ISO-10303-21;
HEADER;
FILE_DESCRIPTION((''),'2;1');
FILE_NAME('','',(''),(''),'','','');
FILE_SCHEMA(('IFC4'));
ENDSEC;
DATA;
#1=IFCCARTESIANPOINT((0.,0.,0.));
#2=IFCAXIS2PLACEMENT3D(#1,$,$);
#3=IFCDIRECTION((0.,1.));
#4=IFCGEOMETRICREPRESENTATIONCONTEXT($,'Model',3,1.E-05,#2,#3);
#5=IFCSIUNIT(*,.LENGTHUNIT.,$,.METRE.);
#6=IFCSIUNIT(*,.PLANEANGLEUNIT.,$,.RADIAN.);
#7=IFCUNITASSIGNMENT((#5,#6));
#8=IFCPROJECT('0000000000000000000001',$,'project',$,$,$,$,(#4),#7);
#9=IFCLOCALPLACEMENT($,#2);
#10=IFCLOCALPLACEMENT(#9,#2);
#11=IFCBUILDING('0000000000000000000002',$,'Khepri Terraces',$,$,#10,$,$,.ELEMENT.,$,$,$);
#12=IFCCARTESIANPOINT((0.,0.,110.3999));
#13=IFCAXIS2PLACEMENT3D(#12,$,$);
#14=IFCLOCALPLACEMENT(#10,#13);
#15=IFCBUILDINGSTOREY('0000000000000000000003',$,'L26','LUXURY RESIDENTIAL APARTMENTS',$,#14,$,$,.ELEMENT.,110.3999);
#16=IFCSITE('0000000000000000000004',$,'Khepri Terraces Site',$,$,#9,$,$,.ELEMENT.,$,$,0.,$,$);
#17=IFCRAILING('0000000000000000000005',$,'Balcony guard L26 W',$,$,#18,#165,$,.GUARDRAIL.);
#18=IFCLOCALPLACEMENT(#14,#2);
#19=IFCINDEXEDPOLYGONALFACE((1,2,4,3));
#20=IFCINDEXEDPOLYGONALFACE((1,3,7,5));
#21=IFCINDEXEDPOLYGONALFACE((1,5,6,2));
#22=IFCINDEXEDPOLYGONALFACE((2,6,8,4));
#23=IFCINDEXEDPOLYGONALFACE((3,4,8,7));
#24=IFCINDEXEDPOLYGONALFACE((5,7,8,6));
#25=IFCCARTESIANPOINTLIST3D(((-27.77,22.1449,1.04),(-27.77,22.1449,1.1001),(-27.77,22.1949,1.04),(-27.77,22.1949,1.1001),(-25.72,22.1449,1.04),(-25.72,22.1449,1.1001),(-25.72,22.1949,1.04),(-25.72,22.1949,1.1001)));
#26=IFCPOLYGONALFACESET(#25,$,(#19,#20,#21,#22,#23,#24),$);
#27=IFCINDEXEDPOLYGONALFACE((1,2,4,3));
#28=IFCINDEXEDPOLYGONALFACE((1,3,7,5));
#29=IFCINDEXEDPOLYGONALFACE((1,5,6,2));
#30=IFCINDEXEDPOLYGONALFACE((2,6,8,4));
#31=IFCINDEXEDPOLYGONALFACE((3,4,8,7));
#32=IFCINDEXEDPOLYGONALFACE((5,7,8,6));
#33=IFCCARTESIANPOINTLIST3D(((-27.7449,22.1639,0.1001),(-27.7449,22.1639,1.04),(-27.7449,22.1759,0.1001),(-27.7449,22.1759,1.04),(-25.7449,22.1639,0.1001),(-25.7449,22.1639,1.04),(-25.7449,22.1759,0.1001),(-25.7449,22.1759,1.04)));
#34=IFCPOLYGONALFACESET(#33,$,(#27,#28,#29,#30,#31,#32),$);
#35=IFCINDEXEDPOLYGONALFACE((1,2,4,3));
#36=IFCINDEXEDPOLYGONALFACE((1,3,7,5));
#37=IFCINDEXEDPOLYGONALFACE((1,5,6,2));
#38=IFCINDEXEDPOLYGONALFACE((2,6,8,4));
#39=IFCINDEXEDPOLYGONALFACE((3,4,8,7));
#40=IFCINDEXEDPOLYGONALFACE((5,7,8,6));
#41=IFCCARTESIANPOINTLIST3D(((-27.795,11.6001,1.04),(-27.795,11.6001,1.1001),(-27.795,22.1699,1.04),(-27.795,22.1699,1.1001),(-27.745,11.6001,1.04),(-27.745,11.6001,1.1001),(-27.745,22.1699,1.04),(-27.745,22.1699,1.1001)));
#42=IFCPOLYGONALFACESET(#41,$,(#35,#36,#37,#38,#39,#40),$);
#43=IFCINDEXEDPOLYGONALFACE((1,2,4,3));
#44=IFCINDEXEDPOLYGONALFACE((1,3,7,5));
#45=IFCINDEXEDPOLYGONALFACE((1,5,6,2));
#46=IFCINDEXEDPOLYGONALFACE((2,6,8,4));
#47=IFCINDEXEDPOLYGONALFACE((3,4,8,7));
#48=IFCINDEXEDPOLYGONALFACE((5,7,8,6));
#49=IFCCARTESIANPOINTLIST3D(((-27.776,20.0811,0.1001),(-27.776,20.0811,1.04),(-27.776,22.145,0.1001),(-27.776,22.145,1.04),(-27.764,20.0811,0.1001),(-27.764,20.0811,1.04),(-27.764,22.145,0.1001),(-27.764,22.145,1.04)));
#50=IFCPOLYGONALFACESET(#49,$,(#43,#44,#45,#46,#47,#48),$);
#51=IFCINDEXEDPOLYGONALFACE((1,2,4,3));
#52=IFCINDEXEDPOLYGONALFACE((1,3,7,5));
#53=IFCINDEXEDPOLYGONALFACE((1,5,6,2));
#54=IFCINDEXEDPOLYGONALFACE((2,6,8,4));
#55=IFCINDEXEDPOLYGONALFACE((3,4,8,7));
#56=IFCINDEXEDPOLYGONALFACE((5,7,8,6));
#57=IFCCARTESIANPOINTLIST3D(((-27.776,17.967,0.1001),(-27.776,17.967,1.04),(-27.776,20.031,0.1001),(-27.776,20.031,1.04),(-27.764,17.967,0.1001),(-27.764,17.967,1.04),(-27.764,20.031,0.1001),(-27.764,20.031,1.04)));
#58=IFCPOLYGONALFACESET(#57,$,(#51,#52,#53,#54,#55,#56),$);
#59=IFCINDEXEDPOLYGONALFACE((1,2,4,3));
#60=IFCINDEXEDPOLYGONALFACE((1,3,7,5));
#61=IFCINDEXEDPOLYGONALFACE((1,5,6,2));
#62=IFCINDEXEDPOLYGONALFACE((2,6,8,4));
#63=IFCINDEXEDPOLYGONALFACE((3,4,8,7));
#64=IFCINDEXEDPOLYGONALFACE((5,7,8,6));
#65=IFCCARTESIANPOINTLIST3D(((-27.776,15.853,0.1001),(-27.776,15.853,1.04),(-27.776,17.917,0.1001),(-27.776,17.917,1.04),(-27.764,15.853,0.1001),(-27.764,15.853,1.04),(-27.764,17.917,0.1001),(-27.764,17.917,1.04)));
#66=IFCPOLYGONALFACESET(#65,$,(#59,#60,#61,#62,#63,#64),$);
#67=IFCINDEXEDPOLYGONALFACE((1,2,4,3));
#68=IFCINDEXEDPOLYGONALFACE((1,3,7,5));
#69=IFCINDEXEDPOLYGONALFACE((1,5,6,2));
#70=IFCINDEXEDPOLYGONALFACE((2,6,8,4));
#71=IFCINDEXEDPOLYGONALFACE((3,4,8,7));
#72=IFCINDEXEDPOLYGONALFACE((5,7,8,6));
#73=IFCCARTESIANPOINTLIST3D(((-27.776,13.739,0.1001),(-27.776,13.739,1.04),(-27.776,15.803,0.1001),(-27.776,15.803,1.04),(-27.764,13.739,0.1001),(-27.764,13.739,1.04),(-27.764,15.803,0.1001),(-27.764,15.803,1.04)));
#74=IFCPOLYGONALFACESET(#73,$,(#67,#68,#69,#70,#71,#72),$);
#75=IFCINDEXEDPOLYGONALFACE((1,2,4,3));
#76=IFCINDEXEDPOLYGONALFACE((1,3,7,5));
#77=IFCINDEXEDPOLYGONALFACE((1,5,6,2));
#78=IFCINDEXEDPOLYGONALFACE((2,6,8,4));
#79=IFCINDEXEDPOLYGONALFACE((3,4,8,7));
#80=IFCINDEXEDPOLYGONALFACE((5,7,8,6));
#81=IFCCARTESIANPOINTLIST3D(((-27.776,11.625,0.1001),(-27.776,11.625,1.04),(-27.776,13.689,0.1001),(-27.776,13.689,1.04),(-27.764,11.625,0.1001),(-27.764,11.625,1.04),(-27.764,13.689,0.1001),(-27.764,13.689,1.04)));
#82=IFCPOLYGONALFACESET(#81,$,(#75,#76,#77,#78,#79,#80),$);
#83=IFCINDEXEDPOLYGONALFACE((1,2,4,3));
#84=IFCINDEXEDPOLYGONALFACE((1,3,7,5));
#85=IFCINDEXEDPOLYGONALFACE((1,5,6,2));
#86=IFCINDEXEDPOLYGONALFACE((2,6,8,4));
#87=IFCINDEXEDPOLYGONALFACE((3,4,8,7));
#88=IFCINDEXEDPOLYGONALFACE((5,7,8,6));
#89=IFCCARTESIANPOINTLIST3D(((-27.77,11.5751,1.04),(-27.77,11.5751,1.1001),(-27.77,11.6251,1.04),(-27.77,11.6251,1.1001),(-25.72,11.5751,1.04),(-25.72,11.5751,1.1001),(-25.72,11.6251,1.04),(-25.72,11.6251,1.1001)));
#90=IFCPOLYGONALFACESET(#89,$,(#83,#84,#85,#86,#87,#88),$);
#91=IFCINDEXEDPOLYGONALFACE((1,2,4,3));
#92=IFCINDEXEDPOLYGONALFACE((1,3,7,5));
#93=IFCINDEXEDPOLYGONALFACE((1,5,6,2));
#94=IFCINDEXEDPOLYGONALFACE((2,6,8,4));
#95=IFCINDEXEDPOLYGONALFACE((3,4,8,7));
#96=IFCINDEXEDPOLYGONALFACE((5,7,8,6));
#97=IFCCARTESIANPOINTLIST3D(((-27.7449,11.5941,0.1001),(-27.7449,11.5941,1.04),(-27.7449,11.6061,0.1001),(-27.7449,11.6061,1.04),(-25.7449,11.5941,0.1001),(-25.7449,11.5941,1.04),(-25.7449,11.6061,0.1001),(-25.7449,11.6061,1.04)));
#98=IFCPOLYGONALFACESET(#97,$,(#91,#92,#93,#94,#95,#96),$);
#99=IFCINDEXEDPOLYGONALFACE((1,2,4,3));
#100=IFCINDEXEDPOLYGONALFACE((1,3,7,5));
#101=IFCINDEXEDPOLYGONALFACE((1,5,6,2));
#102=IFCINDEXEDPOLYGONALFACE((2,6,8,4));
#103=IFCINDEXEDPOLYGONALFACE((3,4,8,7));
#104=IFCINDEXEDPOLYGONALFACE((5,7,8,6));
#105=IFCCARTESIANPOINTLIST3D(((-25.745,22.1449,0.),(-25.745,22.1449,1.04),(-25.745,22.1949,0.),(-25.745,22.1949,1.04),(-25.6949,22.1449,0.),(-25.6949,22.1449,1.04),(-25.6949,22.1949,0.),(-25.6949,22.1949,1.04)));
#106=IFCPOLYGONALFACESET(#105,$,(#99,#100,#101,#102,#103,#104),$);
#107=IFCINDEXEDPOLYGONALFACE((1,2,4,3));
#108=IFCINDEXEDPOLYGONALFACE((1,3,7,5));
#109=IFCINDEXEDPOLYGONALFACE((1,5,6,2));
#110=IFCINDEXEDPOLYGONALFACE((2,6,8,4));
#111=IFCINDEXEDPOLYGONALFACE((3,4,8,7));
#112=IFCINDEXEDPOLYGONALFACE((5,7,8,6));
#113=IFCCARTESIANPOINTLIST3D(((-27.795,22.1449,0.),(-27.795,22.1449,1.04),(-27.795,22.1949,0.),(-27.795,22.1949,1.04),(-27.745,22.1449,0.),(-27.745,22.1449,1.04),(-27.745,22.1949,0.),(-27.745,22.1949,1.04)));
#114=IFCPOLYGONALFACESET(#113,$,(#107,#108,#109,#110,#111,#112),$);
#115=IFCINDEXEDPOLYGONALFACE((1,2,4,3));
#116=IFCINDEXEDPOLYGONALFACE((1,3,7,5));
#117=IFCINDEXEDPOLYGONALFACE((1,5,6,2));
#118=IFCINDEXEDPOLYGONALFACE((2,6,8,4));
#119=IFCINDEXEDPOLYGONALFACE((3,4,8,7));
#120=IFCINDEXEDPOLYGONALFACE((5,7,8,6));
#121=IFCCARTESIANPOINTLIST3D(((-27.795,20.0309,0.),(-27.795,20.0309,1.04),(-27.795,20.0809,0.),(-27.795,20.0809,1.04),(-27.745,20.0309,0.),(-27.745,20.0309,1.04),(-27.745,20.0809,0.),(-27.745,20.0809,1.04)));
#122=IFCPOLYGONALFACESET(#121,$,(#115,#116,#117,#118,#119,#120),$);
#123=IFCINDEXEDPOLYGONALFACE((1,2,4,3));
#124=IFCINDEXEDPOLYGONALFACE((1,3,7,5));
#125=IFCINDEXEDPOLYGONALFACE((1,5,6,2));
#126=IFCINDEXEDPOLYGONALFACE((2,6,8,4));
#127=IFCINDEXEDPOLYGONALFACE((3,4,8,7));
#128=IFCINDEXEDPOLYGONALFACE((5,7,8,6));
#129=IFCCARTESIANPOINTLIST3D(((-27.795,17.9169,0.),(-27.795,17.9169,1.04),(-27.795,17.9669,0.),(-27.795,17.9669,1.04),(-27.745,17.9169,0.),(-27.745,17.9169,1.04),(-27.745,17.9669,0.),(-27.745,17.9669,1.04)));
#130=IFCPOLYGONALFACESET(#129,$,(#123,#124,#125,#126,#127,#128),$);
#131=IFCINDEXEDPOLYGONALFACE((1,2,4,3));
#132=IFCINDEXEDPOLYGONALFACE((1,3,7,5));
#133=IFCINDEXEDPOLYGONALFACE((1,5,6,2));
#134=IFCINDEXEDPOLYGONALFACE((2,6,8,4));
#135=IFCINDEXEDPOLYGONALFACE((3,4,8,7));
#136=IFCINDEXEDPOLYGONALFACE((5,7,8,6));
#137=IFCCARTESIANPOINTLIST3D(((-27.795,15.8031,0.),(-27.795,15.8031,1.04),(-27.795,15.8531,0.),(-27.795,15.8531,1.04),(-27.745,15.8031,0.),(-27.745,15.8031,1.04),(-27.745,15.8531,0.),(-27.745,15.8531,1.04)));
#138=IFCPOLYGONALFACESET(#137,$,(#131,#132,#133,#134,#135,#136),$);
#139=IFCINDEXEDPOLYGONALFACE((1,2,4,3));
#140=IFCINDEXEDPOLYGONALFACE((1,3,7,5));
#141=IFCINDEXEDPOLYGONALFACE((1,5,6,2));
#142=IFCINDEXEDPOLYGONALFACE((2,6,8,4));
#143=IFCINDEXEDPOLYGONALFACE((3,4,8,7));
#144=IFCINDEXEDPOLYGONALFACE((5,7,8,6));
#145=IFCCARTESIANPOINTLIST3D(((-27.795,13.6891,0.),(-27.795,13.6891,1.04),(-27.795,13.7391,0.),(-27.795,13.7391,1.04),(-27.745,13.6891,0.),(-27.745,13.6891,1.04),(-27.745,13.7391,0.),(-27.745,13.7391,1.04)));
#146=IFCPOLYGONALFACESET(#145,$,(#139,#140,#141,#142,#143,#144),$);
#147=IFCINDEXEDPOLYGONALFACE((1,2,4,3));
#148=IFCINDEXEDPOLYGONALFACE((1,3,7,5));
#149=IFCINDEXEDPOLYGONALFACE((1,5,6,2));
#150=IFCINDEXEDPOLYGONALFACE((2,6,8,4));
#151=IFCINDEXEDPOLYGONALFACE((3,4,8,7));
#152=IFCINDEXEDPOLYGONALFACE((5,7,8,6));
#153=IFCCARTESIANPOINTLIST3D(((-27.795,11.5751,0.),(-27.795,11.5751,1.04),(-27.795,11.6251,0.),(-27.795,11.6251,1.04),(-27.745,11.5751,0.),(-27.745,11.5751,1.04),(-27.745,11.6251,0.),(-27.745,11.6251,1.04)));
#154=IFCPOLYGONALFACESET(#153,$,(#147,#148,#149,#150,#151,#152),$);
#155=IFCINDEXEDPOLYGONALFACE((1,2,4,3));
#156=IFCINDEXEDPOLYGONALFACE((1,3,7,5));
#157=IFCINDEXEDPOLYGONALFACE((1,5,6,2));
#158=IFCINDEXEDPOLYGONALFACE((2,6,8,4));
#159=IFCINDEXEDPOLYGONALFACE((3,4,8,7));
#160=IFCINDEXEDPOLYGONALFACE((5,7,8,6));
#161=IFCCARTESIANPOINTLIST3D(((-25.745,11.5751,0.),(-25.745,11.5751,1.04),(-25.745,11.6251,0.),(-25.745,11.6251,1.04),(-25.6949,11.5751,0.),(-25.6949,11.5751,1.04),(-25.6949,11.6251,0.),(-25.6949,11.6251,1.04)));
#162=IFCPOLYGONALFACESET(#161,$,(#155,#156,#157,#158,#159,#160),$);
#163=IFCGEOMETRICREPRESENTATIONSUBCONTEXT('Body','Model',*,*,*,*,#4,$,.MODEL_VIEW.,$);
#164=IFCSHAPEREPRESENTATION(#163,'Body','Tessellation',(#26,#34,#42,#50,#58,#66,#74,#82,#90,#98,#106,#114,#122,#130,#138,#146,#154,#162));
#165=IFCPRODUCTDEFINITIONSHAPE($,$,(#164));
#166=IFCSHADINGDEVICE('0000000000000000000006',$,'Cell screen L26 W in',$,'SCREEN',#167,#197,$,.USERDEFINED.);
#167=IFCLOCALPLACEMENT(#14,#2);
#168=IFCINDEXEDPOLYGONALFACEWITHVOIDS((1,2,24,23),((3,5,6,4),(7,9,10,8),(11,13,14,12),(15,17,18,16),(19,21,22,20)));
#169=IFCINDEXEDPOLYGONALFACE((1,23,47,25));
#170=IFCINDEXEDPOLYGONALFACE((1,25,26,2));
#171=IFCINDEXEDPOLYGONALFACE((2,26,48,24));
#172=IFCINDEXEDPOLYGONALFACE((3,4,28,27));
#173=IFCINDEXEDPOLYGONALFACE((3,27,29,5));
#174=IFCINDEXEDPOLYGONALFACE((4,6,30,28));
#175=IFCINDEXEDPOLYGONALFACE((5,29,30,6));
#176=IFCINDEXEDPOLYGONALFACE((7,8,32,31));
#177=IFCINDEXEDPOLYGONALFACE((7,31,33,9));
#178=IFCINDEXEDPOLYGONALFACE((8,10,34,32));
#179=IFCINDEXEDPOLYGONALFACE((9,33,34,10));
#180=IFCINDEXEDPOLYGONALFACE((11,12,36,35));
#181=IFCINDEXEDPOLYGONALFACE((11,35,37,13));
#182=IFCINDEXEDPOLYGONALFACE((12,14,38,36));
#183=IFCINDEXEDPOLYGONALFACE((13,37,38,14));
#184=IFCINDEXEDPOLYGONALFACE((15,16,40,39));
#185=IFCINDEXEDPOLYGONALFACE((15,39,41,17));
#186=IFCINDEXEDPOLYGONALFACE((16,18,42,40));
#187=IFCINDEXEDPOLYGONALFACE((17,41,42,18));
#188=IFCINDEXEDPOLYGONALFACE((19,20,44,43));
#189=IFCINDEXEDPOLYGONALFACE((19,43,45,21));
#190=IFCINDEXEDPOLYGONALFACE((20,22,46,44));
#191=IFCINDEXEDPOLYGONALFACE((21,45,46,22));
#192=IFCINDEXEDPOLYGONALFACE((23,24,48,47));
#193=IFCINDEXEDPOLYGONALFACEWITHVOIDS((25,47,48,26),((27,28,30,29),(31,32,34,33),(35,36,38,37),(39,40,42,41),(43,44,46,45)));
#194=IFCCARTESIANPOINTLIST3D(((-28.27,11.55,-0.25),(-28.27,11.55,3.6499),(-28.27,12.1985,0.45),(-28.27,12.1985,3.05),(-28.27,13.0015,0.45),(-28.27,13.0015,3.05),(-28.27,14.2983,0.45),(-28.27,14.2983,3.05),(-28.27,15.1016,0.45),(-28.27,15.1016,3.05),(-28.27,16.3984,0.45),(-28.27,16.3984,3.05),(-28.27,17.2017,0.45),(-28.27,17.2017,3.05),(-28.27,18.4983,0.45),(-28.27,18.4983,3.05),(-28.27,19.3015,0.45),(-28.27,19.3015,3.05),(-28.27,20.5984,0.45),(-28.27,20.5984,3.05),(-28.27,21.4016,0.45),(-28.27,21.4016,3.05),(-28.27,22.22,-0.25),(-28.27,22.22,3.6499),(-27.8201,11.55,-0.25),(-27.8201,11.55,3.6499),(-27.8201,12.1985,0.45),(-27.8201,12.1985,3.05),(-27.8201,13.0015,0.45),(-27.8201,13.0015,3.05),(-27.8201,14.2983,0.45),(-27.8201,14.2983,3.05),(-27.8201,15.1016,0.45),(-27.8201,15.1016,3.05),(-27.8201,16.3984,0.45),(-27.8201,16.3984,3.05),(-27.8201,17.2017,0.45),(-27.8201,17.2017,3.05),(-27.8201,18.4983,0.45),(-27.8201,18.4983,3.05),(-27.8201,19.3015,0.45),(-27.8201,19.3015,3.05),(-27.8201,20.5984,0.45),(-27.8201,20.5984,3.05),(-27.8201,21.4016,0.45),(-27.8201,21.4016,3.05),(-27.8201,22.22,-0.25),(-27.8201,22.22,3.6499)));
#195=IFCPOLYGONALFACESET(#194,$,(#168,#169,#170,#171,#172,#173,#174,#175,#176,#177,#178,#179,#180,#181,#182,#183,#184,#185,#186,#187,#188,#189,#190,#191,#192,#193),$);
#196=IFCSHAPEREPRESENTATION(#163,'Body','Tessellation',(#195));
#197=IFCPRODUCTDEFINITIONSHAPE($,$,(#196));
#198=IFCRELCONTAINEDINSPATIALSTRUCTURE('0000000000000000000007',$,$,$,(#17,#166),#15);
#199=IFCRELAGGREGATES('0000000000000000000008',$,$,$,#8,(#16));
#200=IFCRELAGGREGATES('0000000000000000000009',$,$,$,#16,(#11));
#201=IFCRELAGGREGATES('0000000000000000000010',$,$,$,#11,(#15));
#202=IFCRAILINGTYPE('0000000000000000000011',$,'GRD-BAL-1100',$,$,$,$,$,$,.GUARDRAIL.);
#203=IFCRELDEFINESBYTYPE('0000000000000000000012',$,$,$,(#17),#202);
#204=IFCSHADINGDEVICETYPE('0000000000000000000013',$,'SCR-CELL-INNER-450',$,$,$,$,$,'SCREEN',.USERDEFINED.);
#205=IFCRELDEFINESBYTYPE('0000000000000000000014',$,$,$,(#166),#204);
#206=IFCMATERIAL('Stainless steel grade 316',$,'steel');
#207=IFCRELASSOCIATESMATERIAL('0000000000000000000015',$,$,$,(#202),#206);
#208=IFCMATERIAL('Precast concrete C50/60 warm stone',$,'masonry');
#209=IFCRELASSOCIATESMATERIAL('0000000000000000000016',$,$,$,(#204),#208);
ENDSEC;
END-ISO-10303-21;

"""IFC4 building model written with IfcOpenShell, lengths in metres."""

from ifc_helpers import new_model, si_unit, direction, frame, origin, origin_2d, place, context, subcontext, project, spatial, polyline, rectangle, outline, extrude, material, type_object, element, save


model = new_model("IFC4")

# Units and contexts
model_context = context("Model", 3, precision=1e-05, world=origin(), true_north=direction((0.0, 1.0)))
body_context = subcontext(model_context, "Body", "Model", "MODEL_VIEW")
ifc_project = project(units=[si_unit("LENGTHUNIT", "METRE"), si_unit("PLANEANGLEUNIT", "RADIAN")], contexts=[model_context])

# Site, building, storey
site_placement = place(None, origin())
site = spatial("IfcSite", under=ifc_project, at=site_placement, Name="Khepri Terraces Site", CompositionType="ELEMENT", RefElevation=0.0)
building_placement = place(site_placement, origin())
building = spatial("IfcBuilding", under=site, at=building_placement, Name="Khepri Terraces", CompositionType="ELEMENT")
storey_placement = place(building_placement, frame((0.0, 0.0, 110.3999)))
storey = spatial("IfcBuildingStorey", under=building, at=storey_placement, Name="L26", Description="LUXURY RESIDENTIAL APARTMENTS", CompositionType="ELEMENT", Elevation=110.3999)

# Shared definitions
ifc_material_1 = material(Name="Precast concrete C50/60 warm stone", Category="masonry")

# Railing
ifc_material_2 = material(Name="Stainless steel grade 316", Category="steel")
railing_type = type_object("IfcRailingType", Name="GRD-BAL-1100", PredefinedType="GUARDRAIL", material=ifc_material_2)
railing_placement = place(storey_placement, frame((-25.72, 22.1699, 0.0)))
element("IfcRailing", 1, at=railing_placement, inside=storey, type_object=railing_type, Name="Balcony guard L26 W", PredefinedType="GUARDRAIL", context=body_context, shape_type="SweptSolid", body=[
    extrude(rectangle(XDim=0.05, YDim=0.0601, at=origin_2d()), frame((0.0, 0.0, 1.0701), z_axis=(-1.0, 0.0, 0.0), x_axis=(0.0, -1.0, 0.0)), (0.0, 0.0, 1.0), 2.05),
    extrude(rectangle(XDim=2.0, YDim=0.012, at=origin_2d()), frame((-1.0249, 0.0, 0.1001), z_axis=(0.0, 0.0, 1.0), x_axis=(-1.0, 0.0, 0.0)), (0.0, 0.0, 1.0), 0.9399),
    extrude(rectangle(XDim=0.05, YDim=0.0601, at=origin_2d()), frame((-2.05, 0.0, 1.0701), z_axis=(0.0, -1.0, 0.0), x_axis=(1.0, 0.0, 0.0)), (0.0, 0.0, 1.0), 10.5698),
    extrude(rectangle(XDim=2.064, YDim=0.012, at=origin_2d()), frame((-2.05, -1.0569, 0.1001), z_axis=(0.0, 0.0, 1.0), x_axis=(0.0, -1.0, 0.0)), (0.0, 0.0, 1.0), 0.9399),
    extrude(rectangle(XDim=2.064, YDim=0.012, at=origin_2d()), frame((-2.05, -3.1709, 0.1001), z_axis=(0.0, 0.0, 1.0), x_axis=(0.0, -1.0, 0.0)), (0.0, 0.0, 1.0), 0.9399),
    extrude(rectangle(XDim=2.064, YDim=0.012, at=origin_2d()), frame((-2.05, -5.2849, 0.1001), z_axis=(0.0, 0.0, 1.0), x_axis=(0.0, -1.0, 0.0)), (0.0, 0.0, 1.0), 0.9399),
    extrude(rectangle(XDim=2.064, YDim=0.012, at=origin_2d()), frame((-2.05, -7.3989, 0.1001), z_axis=(0.0, 0.0, 1.0), x_axis=(0.0, -1.0, 0.0)), (0.0, 0.0, 1.0), 0.9399),
    extrude(rectangle(XDim=2.064, YDim=0.012, at=origin_2d()), frame((-2.05, -9.5129, 0.1001), z_axis=(0.0, 0.0, 1.0), x_axis=(0.0, -1.0, 0.0)), (0.0, 0.0, 1.0), 0.9399),
    extrude(rectangle(XDim=0.05, YDim=0.0601, at=origin_2d()), frame((-2.05, -10.5698, 1.0701), z_axis=(1.0, 0.0, 0.0), x_axis=(0.0, 1.0, 0.0)), (0.0, 0.0, 1.0), 2.05),
    extrude(rectangle(XDim=2.0, YDim=0.012, at=origin_2d()), frame((-1.0249, -10.5698, 0.1001), z_axis=(0.0, 0.0, 1.0), x_axis=(1.0, 0.0, 0.0)), (0.0, 0.0, 1.0), 0.9399),
    extrude(rectangle(XDim=0.05, YDim=0.05, at=origin_2d()), origin(), (0.0, 0.0, 1.0), 1.04),
    extrude(rectangle(XDim=0.05, YDim=0.05, at=origin_2d()), frame((-2.05, 0.0, 0.0)), (0.0, 0.0, 1.0), 1.04),
    extrude(rectangle(XDim=0.05, YDim=0.05, at=origin_2d()), frame((-2.05, -2.114, 0.0)), (0.0, 0.0, 1.0), 1.04),
    extrude(rectangle(XDim=0.05, YDim=0.05, at=origin_2d()), frame((-2.05, -4.228, 0.0)), (0.0, 0.0, 1.0), 1.04),
    extrude(rectangle(XDim=0.05, YDim=0.05, at=origin_2d()), frame((-2.05, -6.3418, 0.0)), (0.0, 0.0, 1.0), 1.04),
    extrude(rectangle(XDim=0.05, YDim=0.05, at=origin_2d()), frame((-2.05, -8.4558, 0.0)), (0.0, 0.0, 1.0), 1.04),
    extrude(rectangle(XDim=0.05, YDim=0.05, at=origin_2d()), frame((-2.05, -10.5698, 0.0)), (0.0, 0.0, 1.0), 1.04),
    extrude(rectangle(XDim=0.05, YDim=0.05, at=origin_2d()), frame((0.0, -10.5698, 0.0)), (0.0, 0.0, 1.0), 1.04),
])

# Shading device
shading_device_type_1 = type_object("IfcShadingDeviceType", Name="SCR-CELL-INNER-450", ElementType="SCREEN", PredefinedType="USERDEFINED", material=ifc_material_1)
shading_device_1_placement = place(storey_placement, frame((-27.8201, 22.22, -0.25), z_axis=(-1.0, 0.0, 0.0), x_axis=(0.0, -1.0, 0.0)))
element("IfcShadingDevice", 2, at=shading_device_1_placement, inside=storey, type_object=shading_device_type_1, Name="Cell screen L26 W in", ObjectType="SCREEN", PredefinedType="USERDEFINED", context=body_context, shape_type="SweptSolid", body=[
    extrude(outline(polyline([(0.0, 0.0), (10.6699, 0.0), (10.6699, 3.8999), (0.0, 3.8999), (0.0, 0.0)]), holes=[polyline([(0.8184, 0.7), (1.6216, 0.7), (1.6216, 3.3), (0.8184, 3.3), (0.8184, 0.7)]), polyline([(2.9185, 0.7), (3.7217, 0.7), (3.7217, 3.3), (2.9185, 3.3), (2.9185, 0.7)]), polyline([(5.0183, 0.7), (5.8215, 0.7), (5.8215, 3.3), (5.0183, 3.3), (5.0183, 0.7)]), polyline([(7.1184, 0.7), (7.9216, 0.7), (7.9216, 3.3), (7.1184, 3.3), (7.1184, 0.7)]), polyline([(9.2185, 0.7), (10.0215, 0.7), (10.0215, 3.3), (9.2185, 3.3), (9.2185, 0.7)])]), origin(), (0.0, 0.0, 1.0), 0.45),
])

save(model, "model.ifc")
